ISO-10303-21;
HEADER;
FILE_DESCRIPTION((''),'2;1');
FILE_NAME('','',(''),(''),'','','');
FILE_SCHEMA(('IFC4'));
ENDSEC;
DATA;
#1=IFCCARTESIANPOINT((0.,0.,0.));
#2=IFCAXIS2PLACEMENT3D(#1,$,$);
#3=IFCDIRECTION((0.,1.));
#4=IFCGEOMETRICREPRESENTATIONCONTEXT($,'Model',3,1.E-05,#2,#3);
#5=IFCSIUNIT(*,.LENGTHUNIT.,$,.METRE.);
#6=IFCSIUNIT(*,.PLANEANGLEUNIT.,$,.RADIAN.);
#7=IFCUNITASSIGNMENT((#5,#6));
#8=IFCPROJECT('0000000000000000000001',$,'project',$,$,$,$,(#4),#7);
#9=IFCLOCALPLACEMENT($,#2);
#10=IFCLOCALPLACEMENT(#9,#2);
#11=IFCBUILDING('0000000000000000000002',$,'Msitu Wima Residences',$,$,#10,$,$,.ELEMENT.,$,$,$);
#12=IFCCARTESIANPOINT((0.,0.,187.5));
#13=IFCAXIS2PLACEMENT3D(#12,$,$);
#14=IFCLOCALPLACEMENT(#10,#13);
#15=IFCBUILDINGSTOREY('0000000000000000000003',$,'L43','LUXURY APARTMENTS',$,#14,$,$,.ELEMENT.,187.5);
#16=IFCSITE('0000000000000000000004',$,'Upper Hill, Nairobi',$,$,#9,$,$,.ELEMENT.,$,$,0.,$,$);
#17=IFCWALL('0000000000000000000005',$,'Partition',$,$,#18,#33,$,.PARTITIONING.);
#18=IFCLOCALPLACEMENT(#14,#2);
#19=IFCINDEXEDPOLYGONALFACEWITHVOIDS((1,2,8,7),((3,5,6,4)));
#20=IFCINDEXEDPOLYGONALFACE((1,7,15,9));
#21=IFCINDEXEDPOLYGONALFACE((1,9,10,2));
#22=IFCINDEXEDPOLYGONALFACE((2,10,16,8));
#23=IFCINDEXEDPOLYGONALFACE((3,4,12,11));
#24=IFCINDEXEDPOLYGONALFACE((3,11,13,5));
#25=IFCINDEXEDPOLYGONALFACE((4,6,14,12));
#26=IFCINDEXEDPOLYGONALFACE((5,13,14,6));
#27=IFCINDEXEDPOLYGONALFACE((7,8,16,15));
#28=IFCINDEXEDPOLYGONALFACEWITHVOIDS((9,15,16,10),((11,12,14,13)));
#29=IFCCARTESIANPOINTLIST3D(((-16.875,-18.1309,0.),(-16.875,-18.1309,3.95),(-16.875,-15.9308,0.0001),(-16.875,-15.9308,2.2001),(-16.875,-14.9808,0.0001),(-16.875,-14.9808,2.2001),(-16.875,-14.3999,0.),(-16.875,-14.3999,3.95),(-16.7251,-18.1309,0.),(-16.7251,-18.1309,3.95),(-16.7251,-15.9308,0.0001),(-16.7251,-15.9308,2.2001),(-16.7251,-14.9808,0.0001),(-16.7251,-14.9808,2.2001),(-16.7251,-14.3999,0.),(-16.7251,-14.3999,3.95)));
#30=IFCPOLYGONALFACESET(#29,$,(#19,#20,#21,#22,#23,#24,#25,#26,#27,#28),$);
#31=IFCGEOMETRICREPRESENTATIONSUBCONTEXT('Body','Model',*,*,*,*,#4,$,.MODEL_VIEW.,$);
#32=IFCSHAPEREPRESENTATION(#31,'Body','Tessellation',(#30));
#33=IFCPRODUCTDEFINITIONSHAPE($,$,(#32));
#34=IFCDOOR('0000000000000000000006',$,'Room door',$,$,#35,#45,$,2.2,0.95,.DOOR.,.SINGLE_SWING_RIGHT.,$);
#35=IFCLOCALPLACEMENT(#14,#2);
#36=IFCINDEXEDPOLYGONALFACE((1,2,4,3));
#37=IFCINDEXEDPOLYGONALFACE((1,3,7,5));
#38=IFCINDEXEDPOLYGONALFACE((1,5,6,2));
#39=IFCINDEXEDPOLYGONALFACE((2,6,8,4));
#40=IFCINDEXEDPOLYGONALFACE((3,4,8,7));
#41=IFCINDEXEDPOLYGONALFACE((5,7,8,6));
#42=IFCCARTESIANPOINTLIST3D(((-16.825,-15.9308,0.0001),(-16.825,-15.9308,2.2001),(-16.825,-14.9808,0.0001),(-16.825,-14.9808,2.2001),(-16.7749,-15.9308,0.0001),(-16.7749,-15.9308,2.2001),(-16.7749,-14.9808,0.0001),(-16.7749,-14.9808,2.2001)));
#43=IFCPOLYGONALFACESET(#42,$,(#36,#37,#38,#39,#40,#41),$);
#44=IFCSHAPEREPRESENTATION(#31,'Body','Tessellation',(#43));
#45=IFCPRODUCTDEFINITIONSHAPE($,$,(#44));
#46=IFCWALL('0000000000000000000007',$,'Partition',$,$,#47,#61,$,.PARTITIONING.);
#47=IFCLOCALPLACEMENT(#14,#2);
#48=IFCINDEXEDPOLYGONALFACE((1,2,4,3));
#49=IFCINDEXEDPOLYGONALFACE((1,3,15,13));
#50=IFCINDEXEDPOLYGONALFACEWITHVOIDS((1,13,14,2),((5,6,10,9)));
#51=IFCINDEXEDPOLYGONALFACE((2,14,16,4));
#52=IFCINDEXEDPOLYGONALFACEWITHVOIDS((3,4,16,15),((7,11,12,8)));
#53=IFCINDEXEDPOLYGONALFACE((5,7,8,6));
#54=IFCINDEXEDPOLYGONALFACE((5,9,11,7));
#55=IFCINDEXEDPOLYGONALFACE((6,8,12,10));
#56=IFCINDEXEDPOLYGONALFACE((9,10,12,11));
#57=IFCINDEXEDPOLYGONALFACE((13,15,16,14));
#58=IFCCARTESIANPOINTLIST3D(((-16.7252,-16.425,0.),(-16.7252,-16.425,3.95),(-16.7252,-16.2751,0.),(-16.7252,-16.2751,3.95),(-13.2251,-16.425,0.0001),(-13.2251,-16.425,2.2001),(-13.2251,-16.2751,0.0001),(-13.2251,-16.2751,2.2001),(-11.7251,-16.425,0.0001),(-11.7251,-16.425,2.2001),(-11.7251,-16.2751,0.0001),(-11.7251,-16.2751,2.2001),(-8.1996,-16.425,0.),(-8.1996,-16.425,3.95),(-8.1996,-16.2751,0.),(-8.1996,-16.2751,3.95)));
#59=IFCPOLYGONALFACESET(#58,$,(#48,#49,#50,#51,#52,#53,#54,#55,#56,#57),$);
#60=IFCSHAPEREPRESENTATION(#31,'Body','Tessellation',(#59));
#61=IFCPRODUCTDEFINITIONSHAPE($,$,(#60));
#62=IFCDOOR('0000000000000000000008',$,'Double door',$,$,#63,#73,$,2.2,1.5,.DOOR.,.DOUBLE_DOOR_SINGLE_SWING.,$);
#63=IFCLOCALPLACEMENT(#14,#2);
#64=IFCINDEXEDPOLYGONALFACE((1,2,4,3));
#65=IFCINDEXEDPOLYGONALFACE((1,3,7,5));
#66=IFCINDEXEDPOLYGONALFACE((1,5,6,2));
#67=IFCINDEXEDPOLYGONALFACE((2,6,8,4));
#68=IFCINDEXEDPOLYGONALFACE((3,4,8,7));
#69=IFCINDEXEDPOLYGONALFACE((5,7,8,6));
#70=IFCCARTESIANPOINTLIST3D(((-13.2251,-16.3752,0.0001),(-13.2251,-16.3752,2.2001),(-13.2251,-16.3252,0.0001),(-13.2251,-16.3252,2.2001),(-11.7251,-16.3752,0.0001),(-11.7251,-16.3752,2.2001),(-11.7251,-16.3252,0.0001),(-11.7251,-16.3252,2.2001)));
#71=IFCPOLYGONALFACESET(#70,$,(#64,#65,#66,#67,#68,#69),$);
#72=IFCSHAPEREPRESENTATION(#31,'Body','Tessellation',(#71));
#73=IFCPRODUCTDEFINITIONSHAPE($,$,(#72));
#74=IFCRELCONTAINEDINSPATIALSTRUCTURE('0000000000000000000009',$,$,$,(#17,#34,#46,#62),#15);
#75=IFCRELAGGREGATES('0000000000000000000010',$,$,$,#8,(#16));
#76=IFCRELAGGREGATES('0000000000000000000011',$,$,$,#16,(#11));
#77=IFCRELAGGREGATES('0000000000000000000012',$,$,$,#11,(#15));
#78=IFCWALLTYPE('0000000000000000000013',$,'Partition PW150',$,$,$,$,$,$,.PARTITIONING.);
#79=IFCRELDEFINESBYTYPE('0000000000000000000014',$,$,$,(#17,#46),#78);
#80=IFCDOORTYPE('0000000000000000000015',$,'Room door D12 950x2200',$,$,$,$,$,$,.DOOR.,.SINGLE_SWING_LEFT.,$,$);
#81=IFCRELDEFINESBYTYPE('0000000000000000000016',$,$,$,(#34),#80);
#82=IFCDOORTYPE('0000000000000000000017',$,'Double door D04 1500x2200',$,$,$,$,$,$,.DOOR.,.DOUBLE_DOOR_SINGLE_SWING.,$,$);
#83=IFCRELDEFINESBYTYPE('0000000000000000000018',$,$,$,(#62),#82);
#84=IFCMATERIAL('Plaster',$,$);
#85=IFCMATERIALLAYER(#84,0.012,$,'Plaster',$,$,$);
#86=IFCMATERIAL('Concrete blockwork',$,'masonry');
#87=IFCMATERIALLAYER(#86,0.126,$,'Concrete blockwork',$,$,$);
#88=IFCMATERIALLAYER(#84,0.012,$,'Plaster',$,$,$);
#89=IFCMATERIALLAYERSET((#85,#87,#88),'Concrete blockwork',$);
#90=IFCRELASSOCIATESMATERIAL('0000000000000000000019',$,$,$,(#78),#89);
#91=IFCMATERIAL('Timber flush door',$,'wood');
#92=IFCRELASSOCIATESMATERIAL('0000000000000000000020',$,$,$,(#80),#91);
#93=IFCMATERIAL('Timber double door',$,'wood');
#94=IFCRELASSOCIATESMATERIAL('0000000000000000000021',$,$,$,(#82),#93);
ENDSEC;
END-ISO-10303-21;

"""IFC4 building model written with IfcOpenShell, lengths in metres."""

from ifc_helpers import new_model, si_unit, direction, frame, frame_2d, origin, place, context, subcontext, project, spatial, rectangle, extrude, material, layer, layer_set, type_object, element, fill, save


model = new_model("IFC4")

# Units and contexts
model_context = context("Model", 3, precision=1e-05, world=origin(), true_north=direction((0.0, 1.0)))
body_context = subcontext(model_context, "Body", "Model", "MODEL_VIEW")
ifc_project = project(units=[si_unit("LENGTHUNIT", "METRE"), si_unit("PLANEANGLEUNIT", "RADIAN")], contexts=[model_context])

# Site, building, storey
site_placement = place(None, origin())
site = spatial("IfcSite", under=ifc_project, at=site_placement, Name="Upper Hill, Nairobi", CompositionType="ELEMENT", RefElevation=0.0)
building_placement = place(site_placement, origin())
building = spatial("IfcBuilding", under=site, at=building_placement, Name="Msitu Wima Residences", CompositionType="ELEMENT")
storey_placement = place(building_placement, frame((0.0, 0.0, 187.5)))
storey = spatial("IfcBuildingStorey", under=building, at=storey_placement, Name="L43", Description="LUXURY APARTMENTS", CompositionType="ELEMENT", Elevation=187.5)

# Shared definitions
ifc_material_1 = material(Name="Plaster")
ifc_material_2 = material(Name="Concrete blockwork", Category="masonry")

# Shared definitions
ifc_layer_1 = layer(ifc_material_1, 0.012, Name="Plaster")
ifc_layer_2 = layer(ifc_material_2, 0.126, Name="Concrete blockwork")
ifc_layer_3 = layer(ifc_material_1, 0.012, Name="Plaster")
ifc_layer_set_1 = layer_set([ifc_layer_1, ifc_layer_2, ifc_layer_3], Name="Concrete blockwork")
wall_type_1 = type_object("IfcWallType", Name="Partition PW150", PredefinedType="PARTITIONING", material=ifc_layer_set_1)

# Shared definitions
ifc_material_3 = material(Name="Timber flush door", Category="wood")
door_type_1 = type_object("IfcDoorType", Name="Room door D12 950x2200", OperationType="SINGLE_SWING_LEFT", PredefinedType="DOOR", material=ifc_material_3)

# Walls, openings, doors
wall_1_placement = place(storey_placement, frame((-16.8, -18.1309, 0.0), z_axis=(0.0, 0.0, 1.0), x_axis=(0.0, 1.0, 0.0)))
wall_1 = element("IfcWall", 1, at=wall_1_placement, inside=storey, type_object=wall_type_1, Name="Partition", PredefinedType="PARTITIONING", context=body_context, shape_type="SweptSolid", body=[
    extrude(rectangle(XDim=3.731, YDim=0.1499, at=frame_2d((1.8655, 0.0))), origin(), (0.0, 0.0, 1.0), 3.95),
])
opening_1_placement = place(wall_1_placement, frame((2.2, 0.0, 0.0)))
opening_1 = element("IfcOpeningElement", 2, at=opening_1_placement, cuts=wall_1, PredefinedType="OPENING", context=body_context, shape_type="SweptSolid", body=[
    extrude(rectangle(XDim=0.95, YDim=2.2, at=frame_2d((0.4751, 1.1001))), frame((0.0, 0.085, 0.0), z_axis=(0.0, -1.0, 0.0), x_axis=(1.0, 0.0, 0.0)), (0.0, 0.0, 1.0), 0.1699),
])
door_1_placement = place(opening_1_placement, origin())
door_1 = element("IfcDoor", 3, at=door_1_placement, inside=storey, type_object=door_type_1, Name="Room door", OperationType="SINGLE_SWING_RIGHT", OverallHeight=2.2, OverallWidth=0.95, PredefinedType="DOOR", context=body_context, shape_type="SweptSolid", body=[
    extrude(rectangle(XDim=0.95, YDim=2.2, at=frame_2d((0.4751, 1.1001))), frame((0.0, 0.0249, 0.0), z_axis=(0.0, -1.0, 0.0), x_axis=(1.0, 0.0, 0.0)), (0.0, 0.0, 1.0), 0.05),
])
fill(opening_1, door_1)
wall_2_placement = place(storey_placement, frame((-16.7251, -16.3501, 0.0), z_axis=(0.0, 0.0, 1.0), x_axis=(1.0, 0.0, 0.0)))
wall_2 = element("IfcWall", 4, at=wall_2_placement, inside=storey, type_object=wall_type_1, Name="Partition", PredefinedType="PARTITIONING", context=body_context, shape_type="SweptSolid", body=[
    extrude(rectangle(XDim=8.5256, YDim=0.1499, at=frame_2d((4.2627, 0.0))), origin(), (0.0, 0.0, 1.0), 3.95),
])
opening_2_placement = place(wall_2_placement, frame((3.5, 0.0, 0.0)))
opening_2 = element("IfcOpeningElement", 5, at=opening_2_placement, cuts=wall_2, PredefinedType="OPENING", context=body_context, shape_type="SweptSolid", body=[
    extrude(rectangle(XDim=1.5, YDim=2.2, at=frame_2d((0.75, 1.1001))), frame((0.0, 0.085, 0.0), z_axis=(0.0, -1.0, 0.0), x_axis=(1.0, 0.0, 0.0)), (0.0, 0.0, 1.0), 0.1699),
])
ifc_material_4 = material(Name="Timber double door", Category="wood")
door_type_2 = type_object("IfcDoorType", Name="Double door D04 1500x2200", OperationType="DOUBLE_DOOR_SINGLE_SWING", PredefinedType="DOOR", material=ifc_material_4)
door_2_placement = place(opening_2_placement, origin())
door_2 = element("IfcDoor", 6, at=door_2_placement, inside=storey, type_object=door_type_2, Name="Double door", OperationType="DOUBLE_DOOR_SINGLE_SWING", OverallHeight=2.2, OverallWidth=1.5, PredefinedType="DOOR", context=body_context, shape_type="SweptSolid", body=[
    extrude(rectangle(XDim=1.5, YDim=2.2, at=frame_2d((0.75, 1.1001))), frame((0.0, 0.0249, 0.0), z_axis=(0.0, -1.0, 0.0), x_axis=(1.0, 0.0, 0.0)), (0.0, 0.0, 1.0), 0.05),
])
fill(opening_2, door_2)

save(model, "model.ifc")
